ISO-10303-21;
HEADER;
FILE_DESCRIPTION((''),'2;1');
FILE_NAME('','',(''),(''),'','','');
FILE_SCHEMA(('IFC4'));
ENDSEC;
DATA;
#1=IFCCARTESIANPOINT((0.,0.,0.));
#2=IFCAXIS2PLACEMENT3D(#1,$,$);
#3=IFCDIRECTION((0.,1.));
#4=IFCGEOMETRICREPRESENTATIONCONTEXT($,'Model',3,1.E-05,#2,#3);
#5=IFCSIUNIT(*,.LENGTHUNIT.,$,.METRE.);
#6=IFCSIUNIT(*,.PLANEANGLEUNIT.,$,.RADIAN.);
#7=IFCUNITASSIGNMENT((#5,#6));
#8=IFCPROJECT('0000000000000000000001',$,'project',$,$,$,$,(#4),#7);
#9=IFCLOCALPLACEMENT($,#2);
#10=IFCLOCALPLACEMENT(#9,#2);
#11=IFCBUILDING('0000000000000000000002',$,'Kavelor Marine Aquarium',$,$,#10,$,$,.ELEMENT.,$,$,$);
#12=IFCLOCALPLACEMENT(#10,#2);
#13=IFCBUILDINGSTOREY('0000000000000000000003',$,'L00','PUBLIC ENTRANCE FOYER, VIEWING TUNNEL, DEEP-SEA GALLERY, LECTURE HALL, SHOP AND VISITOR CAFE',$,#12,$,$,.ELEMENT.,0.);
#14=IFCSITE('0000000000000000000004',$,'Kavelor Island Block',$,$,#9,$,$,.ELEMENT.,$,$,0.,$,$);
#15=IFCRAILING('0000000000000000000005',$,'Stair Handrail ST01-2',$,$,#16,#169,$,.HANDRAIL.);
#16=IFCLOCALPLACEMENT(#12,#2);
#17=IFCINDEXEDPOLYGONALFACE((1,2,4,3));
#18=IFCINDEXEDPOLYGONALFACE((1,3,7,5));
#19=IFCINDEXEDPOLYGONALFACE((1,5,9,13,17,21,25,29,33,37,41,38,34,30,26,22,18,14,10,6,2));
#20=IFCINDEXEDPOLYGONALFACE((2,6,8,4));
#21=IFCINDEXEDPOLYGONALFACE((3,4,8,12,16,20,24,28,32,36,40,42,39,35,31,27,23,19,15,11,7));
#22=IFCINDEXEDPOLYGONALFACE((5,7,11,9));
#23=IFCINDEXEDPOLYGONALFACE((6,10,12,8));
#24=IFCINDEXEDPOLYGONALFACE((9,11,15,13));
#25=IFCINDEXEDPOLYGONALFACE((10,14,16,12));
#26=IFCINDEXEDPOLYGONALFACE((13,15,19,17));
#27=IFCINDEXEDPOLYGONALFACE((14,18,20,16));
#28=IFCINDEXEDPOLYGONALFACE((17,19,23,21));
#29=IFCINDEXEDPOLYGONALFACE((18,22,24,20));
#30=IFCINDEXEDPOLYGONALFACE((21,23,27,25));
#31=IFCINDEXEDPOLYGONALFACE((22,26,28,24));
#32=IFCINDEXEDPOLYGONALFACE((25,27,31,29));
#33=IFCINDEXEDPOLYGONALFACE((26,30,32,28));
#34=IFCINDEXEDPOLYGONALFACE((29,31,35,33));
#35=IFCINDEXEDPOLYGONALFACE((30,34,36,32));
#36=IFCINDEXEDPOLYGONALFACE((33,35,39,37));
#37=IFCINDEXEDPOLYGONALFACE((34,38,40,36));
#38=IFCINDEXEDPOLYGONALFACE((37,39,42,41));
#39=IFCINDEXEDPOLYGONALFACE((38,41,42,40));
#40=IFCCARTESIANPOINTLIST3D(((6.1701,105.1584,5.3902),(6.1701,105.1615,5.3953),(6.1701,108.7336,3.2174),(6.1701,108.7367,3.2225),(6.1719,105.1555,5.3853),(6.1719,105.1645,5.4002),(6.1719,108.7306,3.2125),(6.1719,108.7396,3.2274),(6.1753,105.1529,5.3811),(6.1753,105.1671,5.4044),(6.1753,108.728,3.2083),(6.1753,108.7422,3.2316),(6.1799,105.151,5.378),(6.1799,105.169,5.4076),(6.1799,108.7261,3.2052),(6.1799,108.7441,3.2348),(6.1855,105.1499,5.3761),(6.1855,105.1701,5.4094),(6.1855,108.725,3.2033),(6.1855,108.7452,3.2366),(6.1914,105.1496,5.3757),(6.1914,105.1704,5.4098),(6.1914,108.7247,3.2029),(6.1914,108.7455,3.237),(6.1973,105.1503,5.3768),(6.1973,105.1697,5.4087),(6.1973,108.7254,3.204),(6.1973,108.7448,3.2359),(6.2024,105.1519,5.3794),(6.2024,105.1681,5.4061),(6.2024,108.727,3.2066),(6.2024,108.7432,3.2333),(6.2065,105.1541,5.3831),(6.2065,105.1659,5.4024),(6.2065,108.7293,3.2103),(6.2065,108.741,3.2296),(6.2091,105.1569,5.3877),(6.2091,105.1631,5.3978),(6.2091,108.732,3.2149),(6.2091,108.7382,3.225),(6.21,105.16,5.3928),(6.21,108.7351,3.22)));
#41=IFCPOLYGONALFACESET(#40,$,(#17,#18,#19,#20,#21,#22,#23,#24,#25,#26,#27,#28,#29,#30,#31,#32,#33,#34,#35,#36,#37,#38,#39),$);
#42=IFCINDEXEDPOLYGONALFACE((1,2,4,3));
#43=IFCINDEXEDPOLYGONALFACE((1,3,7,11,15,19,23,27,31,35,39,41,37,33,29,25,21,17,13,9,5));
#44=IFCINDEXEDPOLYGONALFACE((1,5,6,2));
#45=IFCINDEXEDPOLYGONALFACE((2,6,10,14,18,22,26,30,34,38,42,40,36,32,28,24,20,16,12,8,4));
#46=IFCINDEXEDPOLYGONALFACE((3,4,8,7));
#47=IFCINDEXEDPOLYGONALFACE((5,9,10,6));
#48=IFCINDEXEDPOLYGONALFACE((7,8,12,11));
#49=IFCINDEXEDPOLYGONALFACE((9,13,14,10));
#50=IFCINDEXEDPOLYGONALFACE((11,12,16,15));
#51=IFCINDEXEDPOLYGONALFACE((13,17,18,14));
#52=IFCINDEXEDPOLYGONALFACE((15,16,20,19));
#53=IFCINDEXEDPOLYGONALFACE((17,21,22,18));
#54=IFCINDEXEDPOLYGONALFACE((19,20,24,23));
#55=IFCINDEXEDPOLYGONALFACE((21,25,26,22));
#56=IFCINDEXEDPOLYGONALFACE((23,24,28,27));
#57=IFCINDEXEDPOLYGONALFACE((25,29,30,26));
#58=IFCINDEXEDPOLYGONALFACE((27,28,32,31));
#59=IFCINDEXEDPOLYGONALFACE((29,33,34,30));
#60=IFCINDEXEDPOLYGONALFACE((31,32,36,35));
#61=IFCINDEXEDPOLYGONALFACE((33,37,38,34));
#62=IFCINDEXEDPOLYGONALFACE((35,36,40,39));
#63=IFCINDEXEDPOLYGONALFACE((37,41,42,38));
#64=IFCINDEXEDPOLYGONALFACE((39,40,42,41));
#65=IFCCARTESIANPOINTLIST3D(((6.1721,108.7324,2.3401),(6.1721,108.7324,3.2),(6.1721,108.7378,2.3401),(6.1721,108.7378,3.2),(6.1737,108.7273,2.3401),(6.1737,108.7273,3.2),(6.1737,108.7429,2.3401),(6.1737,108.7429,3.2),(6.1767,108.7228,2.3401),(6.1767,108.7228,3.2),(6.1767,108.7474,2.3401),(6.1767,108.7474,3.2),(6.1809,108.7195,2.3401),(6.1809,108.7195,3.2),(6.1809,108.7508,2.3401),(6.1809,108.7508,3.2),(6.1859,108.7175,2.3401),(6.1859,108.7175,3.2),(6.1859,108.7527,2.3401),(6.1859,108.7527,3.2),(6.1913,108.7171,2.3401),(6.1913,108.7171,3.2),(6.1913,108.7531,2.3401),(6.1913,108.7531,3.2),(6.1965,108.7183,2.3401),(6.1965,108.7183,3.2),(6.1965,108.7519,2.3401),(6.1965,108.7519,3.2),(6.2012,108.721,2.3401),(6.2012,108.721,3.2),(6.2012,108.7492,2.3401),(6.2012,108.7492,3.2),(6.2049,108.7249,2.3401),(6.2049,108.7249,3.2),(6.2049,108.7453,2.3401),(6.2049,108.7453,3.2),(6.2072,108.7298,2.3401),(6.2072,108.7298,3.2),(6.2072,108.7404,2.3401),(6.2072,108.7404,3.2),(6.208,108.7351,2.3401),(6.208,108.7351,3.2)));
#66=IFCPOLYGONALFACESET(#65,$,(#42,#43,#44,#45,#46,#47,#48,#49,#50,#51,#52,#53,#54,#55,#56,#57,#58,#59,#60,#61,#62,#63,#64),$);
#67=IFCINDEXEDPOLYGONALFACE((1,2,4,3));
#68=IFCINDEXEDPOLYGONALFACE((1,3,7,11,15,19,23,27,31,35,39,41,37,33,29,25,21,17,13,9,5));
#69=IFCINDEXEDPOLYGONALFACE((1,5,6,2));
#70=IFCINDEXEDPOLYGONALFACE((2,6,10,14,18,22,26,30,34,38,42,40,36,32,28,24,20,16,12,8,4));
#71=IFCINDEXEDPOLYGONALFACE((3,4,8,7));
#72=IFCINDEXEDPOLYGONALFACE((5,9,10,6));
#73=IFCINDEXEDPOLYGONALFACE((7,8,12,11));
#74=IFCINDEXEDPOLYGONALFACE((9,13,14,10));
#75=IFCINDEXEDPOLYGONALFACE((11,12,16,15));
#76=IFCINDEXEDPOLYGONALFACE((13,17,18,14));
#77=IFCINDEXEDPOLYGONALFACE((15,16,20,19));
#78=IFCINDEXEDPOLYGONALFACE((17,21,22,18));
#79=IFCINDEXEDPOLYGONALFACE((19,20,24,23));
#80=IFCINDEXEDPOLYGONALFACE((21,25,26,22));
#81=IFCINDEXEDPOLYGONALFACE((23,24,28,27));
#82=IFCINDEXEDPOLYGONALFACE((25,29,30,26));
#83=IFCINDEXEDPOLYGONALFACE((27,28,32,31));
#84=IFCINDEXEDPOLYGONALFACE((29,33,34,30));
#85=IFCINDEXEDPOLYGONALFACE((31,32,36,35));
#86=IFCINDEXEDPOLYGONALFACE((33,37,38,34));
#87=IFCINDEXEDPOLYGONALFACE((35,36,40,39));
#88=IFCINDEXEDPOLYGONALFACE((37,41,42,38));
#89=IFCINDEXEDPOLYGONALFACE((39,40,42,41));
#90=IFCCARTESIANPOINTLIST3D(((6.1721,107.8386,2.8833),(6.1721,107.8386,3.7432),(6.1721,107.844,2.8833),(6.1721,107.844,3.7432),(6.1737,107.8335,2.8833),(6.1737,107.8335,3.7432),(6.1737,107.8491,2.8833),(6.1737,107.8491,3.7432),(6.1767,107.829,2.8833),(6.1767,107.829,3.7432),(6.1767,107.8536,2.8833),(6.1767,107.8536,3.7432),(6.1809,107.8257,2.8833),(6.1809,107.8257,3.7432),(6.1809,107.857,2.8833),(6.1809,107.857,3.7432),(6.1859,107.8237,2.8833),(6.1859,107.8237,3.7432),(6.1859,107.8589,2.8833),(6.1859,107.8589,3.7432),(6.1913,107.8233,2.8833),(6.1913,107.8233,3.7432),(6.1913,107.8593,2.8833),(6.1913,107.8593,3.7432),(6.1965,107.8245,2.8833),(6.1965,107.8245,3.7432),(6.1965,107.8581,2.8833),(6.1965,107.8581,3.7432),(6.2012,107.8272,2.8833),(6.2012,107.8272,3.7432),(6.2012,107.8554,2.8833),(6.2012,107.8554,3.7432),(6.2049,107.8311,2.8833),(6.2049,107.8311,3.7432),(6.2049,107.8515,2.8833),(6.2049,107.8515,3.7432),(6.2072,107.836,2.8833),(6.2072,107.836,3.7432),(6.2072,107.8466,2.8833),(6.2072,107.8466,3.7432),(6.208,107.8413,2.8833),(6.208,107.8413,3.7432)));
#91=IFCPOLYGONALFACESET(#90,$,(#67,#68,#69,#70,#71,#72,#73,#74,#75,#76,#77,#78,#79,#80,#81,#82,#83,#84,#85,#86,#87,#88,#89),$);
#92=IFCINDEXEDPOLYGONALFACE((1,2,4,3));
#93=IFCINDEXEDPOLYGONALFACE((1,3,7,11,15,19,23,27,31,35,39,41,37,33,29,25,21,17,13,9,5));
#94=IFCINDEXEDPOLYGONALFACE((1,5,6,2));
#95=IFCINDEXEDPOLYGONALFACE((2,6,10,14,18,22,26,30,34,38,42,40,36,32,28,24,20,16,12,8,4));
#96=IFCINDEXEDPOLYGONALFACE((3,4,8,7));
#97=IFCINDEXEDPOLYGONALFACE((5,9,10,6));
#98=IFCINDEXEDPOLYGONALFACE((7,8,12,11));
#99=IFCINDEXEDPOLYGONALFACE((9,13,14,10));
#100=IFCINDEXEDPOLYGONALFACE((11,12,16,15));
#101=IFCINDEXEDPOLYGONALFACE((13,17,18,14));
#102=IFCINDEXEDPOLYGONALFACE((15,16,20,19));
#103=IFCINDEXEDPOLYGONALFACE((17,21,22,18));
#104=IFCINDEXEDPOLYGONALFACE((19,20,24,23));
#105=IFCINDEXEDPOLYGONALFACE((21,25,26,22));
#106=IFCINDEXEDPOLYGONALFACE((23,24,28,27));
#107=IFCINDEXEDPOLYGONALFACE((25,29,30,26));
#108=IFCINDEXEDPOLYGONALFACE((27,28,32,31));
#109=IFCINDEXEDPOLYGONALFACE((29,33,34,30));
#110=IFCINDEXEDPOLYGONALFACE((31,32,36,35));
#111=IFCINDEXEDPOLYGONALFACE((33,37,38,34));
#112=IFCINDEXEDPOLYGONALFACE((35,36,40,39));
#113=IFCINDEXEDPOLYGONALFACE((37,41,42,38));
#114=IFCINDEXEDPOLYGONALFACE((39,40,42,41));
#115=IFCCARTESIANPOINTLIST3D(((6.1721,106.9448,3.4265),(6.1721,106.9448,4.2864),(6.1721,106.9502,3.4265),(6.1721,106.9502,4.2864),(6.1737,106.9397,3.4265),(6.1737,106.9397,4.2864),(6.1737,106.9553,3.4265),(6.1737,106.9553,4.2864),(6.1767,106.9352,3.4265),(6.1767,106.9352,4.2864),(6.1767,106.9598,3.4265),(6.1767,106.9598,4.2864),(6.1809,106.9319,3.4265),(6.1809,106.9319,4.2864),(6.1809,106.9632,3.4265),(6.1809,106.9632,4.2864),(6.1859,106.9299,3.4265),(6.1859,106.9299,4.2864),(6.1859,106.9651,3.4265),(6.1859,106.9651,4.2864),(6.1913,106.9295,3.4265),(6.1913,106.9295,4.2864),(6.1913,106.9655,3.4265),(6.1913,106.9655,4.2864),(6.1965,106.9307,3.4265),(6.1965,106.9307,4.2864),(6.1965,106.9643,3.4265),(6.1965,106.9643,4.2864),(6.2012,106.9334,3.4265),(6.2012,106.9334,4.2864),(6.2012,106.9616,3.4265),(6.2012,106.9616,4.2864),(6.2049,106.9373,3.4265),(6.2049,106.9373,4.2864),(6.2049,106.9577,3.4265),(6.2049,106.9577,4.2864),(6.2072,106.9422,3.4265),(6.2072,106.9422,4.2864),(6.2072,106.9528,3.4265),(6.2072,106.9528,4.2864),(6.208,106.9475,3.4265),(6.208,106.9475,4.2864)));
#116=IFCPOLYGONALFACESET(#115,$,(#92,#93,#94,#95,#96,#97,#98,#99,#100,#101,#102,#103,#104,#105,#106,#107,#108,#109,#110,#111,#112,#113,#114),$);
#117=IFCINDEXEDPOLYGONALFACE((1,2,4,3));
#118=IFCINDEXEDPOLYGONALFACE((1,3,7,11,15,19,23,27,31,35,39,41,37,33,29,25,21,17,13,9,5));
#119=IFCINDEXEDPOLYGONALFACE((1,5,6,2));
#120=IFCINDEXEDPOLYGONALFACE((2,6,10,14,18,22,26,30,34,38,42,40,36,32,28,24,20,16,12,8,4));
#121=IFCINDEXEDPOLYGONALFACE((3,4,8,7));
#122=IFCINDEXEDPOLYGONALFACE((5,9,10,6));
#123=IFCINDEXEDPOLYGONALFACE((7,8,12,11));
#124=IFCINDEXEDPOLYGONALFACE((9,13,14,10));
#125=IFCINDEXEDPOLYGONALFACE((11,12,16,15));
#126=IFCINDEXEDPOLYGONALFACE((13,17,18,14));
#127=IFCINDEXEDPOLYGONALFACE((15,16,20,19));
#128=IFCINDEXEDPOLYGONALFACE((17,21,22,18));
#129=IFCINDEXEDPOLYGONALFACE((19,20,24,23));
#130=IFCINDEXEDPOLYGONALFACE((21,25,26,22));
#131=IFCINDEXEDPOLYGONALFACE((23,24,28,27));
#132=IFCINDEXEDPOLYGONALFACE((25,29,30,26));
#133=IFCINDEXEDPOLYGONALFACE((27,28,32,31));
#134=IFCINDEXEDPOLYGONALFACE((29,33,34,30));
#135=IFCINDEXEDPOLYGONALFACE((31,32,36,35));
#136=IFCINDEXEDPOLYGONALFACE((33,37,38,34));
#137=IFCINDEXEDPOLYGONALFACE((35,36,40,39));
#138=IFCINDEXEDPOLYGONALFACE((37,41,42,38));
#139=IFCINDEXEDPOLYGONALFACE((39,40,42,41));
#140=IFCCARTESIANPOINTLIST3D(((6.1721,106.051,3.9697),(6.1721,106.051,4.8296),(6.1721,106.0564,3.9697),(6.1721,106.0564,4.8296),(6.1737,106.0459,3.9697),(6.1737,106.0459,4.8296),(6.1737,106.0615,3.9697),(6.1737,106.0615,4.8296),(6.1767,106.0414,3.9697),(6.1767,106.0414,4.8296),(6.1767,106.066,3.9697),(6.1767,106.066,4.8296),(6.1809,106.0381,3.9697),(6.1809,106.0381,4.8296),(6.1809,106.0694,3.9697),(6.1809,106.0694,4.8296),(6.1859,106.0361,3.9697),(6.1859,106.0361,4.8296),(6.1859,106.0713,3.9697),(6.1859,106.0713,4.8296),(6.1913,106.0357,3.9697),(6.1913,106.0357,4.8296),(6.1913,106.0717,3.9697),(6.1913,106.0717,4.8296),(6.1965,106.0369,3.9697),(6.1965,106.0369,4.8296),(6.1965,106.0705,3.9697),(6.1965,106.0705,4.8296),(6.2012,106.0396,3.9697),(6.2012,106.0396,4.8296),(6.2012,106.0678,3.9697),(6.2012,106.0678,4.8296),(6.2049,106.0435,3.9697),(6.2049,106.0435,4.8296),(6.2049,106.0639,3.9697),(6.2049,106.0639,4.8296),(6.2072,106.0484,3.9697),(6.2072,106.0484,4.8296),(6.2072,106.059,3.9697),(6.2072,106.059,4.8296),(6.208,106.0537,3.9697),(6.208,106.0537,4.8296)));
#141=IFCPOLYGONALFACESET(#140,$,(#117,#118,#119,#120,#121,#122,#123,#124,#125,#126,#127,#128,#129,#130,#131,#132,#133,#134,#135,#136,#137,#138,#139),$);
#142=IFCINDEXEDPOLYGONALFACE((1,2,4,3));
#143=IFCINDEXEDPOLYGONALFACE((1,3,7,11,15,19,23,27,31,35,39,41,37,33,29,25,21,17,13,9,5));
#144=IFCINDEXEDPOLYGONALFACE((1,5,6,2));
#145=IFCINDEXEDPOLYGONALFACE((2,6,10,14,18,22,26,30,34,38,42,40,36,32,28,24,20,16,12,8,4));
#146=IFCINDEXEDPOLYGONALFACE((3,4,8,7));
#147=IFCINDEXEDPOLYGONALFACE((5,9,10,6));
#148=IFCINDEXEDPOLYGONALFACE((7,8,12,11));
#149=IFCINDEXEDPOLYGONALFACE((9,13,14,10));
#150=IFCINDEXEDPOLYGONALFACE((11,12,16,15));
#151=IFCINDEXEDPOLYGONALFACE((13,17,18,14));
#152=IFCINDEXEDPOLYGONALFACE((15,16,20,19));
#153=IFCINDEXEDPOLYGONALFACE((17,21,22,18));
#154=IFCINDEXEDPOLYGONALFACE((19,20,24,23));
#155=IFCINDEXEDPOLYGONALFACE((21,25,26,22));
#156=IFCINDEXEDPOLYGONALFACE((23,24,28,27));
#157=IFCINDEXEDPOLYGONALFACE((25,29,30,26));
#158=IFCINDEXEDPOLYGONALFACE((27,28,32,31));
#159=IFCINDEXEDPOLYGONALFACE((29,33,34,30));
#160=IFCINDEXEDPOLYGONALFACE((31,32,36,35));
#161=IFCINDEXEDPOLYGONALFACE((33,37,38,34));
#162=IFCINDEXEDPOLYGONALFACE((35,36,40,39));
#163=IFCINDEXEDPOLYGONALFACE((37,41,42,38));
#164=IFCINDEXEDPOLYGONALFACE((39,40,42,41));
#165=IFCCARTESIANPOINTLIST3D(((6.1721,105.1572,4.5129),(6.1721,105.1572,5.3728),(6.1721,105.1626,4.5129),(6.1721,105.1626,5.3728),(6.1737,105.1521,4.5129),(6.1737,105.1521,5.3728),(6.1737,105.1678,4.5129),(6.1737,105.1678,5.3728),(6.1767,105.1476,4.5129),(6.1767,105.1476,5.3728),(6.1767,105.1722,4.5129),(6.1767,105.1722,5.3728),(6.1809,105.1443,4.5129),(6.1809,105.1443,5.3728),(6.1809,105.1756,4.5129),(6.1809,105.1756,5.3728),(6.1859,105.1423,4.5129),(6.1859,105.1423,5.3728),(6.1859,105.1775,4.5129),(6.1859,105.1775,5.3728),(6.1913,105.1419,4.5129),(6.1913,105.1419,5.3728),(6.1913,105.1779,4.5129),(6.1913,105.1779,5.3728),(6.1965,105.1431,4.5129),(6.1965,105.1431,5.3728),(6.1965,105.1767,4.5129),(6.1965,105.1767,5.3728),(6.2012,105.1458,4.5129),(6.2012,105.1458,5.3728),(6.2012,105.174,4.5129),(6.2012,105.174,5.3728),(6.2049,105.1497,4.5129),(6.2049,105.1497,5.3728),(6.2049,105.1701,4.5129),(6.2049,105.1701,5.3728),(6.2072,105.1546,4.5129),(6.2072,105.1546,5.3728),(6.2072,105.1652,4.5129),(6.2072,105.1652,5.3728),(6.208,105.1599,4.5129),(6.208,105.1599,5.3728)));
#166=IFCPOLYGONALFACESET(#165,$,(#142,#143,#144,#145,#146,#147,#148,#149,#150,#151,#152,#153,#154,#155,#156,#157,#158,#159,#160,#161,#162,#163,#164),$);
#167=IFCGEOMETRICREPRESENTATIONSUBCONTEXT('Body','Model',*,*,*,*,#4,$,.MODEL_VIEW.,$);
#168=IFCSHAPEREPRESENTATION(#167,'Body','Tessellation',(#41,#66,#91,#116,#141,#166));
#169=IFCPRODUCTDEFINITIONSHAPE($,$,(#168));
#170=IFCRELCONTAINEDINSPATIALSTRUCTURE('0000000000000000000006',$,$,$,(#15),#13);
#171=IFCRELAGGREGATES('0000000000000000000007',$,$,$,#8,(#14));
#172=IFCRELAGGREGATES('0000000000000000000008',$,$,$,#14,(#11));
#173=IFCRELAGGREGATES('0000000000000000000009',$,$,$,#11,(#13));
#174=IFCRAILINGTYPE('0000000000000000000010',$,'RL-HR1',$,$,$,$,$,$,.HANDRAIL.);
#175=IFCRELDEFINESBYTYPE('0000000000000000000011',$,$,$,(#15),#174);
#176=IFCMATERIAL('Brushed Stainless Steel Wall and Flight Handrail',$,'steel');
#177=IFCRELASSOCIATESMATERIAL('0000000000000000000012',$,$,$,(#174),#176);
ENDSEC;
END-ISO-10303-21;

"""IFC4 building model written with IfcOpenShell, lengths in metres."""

from ifc_helpers import new_model, si_unit, direction, frame, origin, origin_2d, place, context, subcontext, project, spatial, circle, extrude, material, type_object, element, save


model = new_model("IFC4")

# Units and contexts
model_context = context("Model", 3, precision=1e-05, world=origin(), true_north=direction((0.0, 1.0)))
body_context = subcontext(model_context, "Body", "Model", "MODEL_VIEW")
ifc_project = project(units=[si_unit("LENGTHUNIT", "METRE"), si_unit("PLANEANGLEUNIT", "RADIAN")], contexts=[model_context])

# Site, building, storey
site_placement = place(None, origin())
site = spatial("IfcSite", under=ifc_project, at=site_placement, Name="Kavelor Island Block", CompositionType="ELEMENT", RefElevation=0.0)
building_placement = place(site_placement, origin())
building = spatial("IfcBuilding", under=site, at=building_placement, Name="Kavelor Marine Aquarium", CompositionType="ELEMENT")
storey_placement = place(building_placement, origin())
storey = spatial("IfcBuildingStorey", under=building, at=storey_placement, Name="L00", Description="PUBLIC ENTRANCE FOYER, VIEWING TUNNEL, DEEP-SEA GALLERY, LECTURE HALL, SHOP AND VISITOR CAFE", CompositionType="ELEMENT", Elevation=0.0)

# Railing
ifc_material_1 = material(Name="Brushed Stainless Steel Wall and Flight Handrail", Category="steel")
railing_type_1 = type_object("IfcRailingType", Name="RL-HR1", PredefinedType="HANDRAIL", material=ifc_material_1)
railing_1_placement = place(storey_placement, frame((6.1899, 108.7351, 2.3401)))
element("IfcRailing", 1, at=railing_1_placement, inside=storey, type_object=railing_type_1, Name="Stair Handrail ST01-2", PredefinedType="HANDRAIL", context=body_context, shape_type="SweptSolid", body=[
    extrude(circle(Radius=0.02, at=origin_2d()), frame((0.0, 0.0, 0.8799), z_axis=(0.0, -0.854554, 0.519362), x_axis=(1.0, 0.0, 0.0)), (0.0, 0.0, 1.0), 4.1836),
    extrude(circle(Radius=0.0181, at=origin_2d()), origin(), (0.0, 0.0, 1.0), 0.8599),
    extrude(circle(Radius=0.0181, at=origin_2d()), frame((0.0, -0.8938, 0.5432)), (0.0, 0.0, 1.0), 0.8599),
    extrude(circle(Radius=0.0181, at=origin_2d()), frame((0.0, -1.7876, 1.0864)), (0.0, 0.0, 1.0), 0.8599),
    extrude(circle(Radius=0.0181, at=origin_2d()), frame((0.0, -2.6814, 1.6296)), (0.0, 0.0, 1.0), 0.8599),
    extrude(circle(Radius=0.0181, at=origin_2d()), frame((0.0, -3.5752, 2.1729)), (0.0, 0.0, 1.0), 0.8599),
])

save(model, "model.ifc")
